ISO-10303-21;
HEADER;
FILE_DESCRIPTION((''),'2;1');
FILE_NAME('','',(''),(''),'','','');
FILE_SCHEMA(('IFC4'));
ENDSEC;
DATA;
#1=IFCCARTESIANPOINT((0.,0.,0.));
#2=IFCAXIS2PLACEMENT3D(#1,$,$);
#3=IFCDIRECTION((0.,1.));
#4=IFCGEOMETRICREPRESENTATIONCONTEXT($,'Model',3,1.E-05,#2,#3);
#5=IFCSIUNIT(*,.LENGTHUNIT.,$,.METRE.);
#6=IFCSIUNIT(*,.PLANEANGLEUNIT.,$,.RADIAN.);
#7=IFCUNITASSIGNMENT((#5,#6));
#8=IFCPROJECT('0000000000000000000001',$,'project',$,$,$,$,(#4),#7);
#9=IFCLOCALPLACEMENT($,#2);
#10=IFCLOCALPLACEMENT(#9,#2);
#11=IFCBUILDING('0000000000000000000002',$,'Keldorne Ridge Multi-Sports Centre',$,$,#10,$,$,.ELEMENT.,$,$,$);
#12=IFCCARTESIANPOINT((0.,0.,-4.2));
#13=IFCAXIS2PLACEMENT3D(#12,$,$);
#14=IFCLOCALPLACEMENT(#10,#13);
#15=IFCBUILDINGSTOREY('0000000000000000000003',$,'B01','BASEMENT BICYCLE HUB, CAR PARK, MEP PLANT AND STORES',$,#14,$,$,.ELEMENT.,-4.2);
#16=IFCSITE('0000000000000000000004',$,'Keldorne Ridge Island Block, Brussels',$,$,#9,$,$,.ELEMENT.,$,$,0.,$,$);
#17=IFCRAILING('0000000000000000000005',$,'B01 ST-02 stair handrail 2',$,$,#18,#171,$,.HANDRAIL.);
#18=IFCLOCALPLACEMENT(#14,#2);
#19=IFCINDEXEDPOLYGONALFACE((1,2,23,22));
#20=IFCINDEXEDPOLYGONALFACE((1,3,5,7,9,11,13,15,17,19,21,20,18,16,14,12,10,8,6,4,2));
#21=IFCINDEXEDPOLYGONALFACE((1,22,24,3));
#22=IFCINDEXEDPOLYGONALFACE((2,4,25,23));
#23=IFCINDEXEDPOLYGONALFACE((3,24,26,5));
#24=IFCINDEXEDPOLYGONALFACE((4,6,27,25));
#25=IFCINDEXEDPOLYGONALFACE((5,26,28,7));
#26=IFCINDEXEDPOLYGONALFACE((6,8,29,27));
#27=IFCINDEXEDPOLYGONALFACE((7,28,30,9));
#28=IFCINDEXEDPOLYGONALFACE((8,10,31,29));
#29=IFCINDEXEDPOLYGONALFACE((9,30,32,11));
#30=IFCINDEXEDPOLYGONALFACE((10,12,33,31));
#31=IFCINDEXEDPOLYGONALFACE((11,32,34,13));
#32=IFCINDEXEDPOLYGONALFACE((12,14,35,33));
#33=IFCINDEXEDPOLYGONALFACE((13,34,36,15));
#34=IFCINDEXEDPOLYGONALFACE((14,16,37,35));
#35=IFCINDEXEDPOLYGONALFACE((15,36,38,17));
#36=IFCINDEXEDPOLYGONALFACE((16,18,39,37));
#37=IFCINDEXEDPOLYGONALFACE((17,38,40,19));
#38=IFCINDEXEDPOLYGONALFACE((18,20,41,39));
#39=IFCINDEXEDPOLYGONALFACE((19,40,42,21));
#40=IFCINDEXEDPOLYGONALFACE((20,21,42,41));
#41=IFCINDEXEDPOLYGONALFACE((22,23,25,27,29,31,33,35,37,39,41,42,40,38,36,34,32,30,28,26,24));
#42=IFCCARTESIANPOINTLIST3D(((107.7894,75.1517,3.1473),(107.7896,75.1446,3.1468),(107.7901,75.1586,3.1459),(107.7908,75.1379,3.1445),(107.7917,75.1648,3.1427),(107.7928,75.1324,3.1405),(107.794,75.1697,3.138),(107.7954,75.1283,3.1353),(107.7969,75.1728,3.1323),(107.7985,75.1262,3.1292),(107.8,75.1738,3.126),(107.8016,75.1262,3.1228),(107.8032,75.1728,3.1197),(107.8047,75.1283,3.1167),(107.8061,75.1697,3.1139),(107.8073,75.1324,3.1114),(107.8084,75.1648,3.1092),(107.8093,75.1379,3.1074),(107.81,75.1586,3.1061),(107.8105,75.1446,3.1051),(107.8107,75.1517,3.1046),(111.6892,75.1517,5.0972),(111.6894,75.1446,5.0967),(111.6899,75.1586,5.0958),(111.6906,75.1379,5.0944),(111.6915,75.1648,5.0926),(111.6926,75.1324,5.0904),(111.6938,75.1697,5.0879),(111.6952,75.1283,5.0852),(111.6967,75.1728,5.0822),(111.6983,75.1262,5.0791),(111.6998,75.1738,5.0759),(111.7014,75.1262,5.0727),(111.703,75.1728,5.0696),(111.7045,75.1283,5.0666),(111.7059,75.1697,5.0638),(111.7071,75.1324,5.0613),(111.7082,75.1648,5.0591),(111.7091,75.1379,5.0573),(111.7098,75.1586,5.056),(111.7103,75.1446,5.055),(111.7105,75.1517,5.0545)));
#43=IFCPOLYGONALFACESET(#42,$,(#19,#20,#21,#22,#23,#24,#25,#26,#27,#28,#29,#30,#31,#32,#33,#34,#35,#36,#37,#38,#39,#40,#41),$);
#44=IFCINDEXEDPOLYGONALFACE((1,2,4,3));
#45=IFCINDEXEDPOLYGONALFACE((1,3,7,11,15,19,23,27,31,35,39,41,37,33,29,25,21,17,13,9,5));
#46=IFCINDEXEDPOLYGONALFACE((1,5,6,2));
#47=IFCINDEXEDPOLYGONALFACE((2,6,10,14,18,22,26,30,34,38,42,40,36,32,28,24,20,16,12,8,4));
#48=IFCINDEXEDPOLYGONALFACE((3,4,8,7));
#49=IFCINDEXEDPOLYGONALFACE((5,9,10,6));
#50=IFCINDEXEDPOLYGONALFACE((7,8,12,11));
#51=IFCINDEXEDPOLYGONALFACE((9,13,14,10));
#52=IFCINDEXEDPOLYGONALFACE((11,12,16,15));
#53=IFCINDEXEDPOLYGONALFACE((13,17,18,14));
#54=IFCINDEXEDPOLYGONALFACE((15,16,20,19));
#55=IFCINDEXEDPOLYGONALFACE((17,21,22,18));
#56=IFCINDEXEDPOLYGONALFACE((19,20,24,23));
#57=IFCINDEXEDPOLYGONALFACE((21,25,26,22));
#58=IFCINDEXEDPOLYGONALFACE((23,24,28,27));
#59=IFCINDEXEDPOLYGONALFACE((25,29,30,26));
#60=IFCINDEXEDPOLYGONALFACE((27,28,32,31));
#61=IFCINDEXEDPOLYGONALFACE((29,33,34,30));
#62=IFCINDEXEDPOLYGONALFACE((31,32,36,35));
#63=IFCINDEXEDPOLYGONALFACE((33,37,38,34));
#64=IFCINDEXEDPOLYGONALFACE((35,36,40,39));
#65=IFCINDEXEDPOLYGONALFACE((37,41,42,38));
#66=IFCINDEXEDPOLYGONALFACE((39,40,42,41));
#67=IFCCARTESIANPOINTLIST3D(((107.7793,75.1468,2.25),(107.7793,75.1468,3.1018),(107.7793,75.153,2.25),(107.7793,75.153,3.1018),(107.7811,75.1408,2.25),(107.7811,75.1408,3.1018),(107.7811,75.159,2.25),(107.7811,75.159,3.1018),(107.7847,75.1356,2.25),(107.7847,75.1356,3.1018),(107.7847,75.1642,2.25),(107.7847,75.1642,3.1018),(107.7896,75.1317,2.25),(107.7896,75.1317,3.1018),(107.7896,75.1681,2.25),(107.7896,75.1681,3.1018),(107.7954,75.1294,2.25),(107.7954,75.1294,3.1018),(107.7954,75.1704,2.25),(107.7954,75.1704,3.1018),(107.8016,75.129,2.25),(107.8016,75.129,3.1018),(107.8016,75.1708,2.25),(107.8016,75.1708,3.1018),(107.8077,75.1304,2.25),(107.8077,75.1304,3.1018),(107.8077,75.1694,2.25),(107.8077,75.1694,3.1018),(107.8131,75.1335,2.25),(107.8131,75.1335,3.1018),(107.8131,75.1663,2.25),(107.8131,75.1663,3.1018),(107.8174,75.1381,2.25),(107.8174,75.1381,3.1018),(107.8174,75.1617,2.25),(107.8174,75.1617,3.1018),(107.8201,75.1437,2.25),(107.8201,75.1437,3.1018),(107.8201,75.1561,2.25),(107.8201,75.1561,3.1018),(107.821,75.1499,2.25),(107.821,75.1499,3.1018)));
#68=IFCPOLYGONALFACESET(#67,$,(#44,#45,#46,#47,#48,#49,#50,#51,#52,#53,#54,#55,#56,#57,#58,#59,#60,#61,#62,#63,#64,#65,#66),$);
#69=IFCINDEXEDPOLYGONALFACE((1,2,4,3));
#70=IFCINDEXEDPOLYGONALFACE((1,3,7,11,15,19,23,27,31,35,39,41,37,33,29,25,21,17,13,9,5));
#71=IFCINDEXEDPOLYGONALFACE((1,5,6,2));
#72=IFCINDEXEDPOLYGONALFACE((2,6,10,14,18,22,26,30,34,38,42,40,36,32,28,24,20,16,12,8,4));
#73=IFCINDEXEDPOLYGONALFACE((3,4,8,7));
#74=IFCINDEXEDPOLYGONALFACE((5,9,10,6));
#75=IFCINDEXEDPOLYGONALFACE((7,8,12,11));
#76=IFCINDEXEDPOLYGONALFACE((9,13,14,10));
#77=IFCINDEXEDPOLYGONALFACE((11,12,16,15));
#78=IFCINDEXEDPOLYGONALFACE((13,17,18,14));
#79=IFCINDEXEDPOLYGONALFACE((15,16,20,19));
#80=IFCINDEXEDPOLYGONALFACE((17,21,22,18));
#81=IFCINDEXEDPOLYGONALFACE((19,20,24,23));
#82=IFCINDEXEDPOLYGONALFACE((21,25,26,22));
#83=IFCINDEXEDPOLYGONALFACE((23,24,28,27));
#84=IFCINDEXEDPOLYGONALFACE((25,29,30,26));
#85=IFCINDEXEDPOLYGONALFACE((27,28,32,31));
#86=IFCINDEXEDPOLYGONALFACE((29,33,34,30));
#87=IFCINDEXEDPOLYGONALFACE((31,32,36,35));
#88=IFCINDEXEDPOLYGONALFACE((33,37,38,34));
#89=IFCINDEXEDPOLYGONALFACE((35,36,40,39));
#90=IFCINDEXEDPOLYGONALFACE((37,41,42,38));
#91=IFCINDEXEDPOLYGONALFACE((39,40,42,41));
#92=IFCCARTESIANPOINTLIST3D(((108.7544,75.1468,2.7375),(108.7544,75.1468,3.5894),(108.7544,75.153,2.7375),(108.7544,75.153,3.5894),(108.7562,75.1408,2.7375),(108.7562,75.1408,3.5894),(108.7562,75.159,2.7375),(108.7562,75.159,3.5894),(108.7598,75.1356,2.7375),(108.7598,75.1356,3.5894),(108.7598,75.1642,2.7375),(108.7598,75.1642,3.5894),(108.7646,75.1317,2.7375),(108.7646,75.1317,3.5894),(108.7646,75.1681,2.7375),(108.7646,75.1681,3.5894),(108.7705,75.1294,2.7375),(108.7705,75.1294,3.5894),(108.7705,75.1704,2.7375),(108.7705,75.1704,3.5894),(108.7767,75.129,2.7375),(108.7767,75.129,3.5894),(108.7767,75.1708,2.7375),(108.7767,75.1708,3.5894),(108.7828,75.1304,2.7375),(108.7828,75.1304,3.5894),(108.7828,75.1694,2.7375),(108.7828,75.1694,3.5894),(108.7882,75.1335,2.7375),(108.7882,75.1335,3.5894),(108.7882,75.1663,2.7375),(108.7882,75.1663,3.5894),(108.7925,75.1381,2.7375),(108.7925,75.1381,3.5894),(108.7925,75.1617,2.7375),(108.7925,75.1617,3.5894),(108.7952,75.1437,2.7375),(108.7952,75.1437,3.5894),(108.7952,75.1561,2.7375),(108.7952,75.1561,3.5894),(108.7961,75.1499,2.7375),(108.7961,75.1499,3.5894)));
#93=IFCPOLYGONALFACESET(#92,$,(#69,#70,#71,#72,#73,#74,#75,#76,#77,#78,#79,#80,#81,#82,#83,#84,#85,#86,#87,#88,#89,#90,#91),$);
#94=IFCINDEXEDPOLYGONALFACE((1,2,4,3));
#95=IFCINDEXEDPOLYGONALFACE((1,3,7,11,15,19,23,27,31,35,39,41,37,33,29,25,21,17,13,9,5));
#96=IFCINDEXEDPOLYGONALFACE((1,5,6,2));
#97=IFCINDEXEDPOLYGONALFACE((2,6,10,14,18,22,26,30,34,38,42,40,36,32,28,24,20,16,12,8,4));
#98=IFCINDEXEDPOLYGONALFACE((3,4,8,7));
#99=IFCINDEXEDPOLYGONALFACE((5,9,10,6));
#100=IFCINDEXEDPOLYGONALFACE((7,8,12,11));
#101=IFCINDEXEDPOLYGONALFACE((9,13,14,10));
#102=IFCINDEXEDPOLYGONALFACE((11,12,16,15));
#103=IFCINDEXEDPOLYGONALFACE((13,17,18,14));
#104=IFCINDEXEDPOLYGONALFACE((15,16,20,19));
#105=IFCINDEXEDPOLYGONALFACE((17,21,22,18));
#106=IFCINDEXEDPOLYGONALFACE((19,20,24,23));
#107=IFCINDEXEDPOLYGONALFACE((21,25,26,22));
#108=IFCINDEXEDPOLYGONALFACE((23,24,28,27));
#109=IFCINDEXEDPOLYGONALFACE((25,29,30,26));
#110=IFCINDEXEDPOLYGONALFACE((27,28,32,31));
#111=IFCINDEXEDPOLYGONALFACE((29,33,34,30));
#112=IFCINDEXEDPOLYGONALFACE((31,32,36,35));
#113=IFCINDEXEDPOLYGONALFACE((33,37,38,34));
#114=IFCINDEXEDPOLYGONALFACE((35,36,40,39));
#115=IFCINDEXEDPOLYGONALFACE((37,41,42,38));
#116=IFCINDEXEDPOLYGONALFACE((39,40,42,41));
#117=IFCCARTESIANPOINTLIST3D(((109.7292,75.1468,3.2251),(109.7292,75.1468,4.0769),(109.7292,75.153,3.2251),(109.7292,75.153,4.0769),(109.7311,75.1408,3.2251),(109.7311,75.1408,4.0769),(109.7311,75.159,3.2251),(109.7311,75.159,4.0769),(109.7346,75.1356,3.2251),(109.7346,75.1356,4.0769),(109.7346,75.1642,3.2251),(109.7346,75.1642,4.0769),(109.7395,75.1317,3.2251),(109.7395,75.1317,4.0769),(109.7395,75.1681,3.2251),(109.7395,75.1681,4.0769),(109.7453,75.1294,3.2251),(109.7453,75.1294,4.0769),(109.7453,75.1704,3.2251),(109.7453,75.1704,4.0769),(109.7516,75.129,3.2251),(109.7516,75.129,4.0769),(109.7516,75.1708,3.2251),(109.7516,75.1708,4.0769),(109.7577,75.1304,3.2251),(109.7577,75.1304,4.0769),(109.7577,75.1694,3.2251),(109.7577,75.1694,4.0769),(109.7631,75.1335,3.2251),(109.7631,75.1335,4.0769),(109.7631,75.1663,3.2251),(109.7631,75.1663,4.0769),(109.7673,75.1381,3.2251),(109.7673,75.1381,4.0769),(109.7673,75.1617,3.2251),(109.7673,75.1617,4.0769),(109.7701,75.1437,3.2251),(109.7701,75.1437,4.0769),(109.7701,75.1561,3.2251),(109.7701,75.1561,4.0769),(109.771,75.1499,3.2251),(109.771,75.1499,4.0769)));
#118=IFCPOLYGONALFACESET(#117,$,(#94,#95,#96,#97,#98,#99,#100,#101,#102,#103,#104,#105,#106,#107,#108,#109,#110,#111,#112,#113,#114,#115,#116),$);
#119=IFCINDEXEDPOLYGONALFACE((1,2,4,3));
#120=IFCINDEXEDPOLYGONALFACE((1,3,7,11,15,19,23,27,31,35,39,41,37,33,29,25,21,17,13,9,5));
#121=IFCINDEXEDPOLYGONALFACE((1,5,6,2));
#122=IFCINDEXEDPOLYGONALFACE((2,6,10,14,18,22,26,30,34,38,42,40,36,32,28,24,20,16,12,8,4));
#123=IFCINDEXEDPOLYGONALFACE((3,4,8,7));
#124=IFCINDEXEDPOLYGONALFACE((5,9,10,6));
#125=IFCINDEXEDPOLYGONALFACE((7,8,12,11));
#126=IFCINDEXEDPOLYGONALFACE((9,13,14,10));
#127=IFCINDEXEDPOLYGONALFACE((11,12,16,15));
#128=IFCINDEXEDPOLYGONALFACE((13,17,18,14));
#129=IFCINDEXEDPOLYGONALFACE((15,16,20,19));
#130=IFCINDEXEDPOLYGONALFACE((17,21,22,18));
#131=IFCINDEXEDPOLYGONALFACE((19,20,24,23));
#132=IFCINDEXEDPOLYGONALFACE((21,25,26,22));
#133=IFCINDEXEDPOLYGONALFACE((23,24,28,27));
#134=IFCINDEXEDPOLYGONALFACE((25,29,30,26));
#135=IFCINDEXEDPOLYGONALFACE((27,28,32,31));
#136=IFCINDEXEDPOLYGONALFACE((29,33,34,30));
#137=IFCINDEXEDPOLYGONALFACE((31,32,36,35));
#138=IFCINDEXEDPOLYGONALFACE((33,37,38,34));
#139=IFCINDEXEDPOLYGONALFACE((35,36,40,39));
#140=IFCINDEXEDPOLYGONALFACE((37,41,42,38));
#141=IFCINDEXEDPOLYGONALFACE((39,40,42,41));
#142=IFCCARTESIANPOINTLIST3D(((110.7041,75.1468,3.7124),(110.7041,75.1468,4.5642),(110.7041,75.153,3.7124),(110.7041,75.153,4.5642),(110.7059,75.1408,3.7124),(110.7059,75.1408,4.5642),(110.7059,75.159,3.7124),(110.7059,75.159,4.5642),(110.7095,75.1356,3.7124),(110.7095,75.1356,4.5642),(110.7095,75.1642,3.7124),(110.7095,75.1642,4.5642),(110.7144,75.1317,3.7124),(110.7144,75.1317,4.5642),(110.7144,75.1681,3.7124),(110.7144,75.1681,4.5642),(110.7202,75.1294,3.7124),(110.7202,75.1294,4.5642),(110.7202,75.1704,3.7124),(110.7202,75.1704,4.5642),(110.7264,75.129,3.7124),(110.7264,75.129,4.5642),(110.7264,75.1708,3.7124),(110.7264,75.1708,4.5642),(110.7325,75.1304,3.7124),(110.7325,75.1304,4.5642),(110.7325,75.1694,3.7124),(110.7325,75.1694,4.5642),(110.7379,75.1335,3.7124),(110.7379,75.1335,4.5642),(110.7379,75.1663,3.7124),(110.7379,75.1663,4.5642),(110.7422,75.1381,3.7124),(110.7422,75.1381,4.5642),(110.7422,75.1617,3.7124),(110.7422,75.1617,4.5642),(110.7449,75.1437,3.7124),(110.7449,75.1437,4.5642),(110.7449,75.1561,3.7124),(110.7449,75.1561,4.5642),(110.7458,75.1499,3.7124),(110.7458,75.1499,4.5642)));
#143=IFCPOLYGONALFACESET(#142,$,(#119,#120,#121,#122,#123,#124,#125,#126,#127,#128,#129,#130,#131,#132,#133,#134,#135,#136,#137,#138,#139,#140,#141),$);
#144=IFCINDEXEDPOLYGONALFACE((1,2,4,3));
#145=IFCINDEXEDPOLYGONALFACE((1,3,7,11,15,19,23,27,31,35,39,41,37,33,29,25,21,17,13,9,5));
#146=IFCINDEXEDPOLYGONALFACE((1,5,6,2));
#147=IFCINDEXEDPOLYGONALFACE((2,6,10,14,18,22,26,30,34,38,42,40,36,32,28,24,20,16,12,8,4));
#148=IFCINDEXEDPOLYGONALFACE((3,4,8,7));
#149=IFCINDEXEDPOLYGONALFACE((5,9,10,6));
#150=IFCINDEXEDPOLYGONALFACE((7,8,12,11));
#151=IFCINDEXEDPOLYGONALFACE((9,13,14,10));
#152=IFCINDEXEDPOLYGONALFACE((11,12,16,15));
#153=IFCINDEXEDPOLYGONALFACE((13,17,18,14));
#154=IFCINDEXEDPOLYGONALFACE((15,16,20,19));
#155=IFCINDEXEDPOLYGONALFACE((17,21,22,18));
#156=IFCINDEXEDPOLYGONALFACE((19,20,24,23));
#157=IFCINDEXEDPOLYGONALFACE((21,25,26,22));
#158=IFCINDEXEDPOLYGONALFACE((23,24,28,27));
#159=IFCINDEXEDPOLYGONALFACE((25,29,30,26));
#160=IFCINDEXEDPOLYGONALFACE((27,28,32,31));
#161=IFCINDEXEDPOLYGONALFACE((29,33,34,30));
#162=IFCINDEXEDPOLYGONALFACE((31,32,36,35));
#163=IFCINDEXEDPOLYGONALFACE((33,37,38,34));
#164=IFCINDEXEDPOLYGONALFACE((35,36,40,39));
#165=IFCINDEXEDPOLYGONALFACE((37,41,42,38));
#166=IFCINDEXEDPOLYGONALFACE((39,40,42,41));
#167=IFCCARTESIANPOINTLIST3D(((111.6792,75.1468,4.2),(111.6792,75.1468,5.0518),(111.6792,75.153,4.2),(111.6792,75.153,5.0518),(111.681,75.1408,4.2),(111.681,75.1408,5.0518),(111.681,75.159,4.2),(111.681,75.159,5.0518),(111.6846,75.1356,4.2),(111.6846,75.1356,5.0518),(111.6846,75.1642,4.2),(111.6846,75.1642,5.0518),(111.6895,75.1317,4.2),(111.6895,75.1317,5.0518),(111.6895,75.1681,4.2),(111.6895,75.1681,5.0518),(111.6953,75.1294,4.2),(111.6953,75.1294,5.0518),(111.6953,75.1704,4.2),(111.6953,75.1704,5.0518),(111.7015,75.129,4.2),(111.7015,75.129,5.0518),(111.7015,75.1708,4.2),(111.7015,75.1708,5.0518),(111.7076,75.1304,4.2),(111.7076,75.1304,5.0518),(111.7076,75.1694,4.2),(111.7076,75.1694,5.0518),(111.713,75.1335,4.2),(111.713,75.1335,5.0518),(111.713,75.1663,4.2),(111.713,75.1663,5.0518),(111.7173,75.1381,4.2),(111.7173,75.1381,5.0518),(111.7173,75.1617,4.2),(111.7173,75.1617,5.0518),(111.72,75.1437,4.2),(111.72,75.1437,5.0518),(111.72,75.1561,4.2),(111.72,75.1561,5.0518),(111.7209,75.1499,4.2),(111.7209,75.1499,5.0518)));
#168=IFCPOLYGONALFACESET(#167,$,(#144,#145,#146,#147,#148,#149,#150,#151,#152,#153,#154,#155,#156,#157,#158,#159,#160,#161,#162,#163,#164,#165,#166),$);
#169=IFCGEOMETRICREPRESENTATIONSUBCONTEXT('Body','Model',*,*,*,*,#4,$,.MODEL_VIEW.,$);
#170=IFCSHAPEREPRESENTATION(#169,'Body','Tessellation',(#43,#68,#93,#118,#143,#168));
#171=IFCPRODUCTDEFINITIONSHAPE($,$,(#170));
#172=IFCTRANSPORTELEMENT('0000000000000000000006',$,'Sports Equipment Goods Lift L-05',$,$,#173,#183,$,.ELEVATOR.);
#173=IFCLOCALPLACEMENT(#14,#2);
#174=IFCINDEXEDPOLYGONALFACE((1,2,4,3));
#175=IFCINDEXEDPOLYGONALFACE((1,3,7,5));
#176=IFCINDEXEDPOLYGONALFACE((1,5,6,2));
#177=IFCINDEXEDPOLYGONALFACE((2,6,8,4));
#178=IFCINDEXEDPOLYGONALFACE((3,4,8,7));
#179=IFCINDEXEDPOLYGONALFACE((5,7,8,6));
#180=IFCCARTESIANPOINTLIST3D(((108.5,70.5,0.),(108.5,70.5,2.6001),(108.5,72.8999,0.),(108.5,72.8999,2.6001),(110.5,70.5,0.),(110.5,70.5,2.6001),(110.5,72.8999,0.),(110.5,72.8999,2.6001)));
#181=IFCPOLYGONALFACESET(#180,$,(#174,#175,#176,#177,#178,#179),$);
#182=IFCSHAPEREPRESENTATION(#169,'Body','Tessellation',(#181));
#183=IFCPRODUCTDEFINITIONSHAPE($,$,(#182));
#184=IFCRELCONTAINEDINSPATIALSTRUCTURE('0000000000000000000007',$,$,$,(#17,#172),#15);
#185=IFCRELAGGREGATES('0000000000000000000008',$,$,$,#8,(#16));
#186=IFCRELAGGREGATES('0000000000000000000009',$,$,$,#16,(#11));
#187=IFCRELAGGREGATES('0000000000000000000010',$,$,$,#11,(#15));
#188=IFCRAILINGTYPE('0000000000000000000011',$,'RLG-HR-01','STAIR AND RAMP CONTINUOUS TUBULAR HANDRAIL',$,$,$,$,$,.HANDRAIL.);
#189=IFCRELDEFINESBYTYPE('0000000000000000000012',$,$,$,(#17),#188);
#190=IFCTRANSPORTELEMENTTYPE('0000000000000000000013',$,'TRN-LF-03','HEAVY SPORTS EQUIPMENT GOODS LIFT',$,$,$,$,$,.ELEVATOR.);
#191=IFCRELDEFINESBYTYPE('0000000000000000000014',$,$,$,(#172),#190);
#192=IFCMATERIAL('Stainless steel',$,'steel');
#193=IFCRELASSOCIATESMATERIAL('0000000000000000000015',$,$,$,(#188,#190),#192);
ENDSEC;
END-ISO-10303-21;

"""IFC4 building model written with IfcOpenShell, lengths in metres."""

from ifc_helpers import new_model, si_unit, direction, frame, origin, origin_2d, place, context, subcontext, project, spatial, rectangle, circle, extrude, material, type_object, element, save


model = new_model("IFC4")

# Units and contexts
model_context = context("Model", 3, precision=1e-05, world=origin(), true_north=direction((0.0, 1.0)))
body_context = subcontext(model_context, "Body", "Model", "MODEL_VIEW")
ifc_project = project(units=[si_unit("LENGTHUNIT", "METRE"), si_unit("PLANEANGLEUNIT", "RADIAN")], contexts=[model_context])

# Site, building, storey
site_placement = place(None, origin())
site = spatial("IfcSite", under=ifc_project, at=site_placement, Name="Keldorne Ridge Island Block, Brussels", CompositionType="ELEMENT", RefElevation=0.0)
building_placement = place(site_placement, origin())
building = spatial("IfcBuilding", under=site, at=building_placement, Name="Keldorne Ridge Multi-Sports Centre", CompositionType="ELEMENT")
storey_placement = place(building_placement, frame((0.0, 0.0, -4.2)))
storey = spatial("IfcBuildingStorey", under=building, at=storey_placement, Name="B01", Description="BASEMENT BICYCLE HUB, CAR PARK, MEP PLANT AND STORES", CompositionType="ELEMENT", Elevation=-4.2)

# Shared definitions
ifc_material_1 = material(Name="Stainless steel", Category="steel")

# Railing
railing_type_1 = type_object("IfcRailingType", Name="RLG-HR-01", Description="STAIR AND RAMP CONTINUOUS TUBULAR HANDRAIL", PredefinedType="HANDRAIL", material=ifc_material_1)
railing_1_placement = place(storey_placement, frame((107.8, 75.1499, 2.25)))
element("IfcRailing", 1, at=railing_1_placement, inside=storey, type_object=railing_type_1, Name="B01 ST-02 stair handrail 2", PredefinedType="HANDRAIL", context=body_context, shape_type="SweptSolid", body=[
    extrude(circle(Radius=0.0239, at=origin_2d()), frame((0.0, 0.0, 0.876), z_axis=(0.894427, 0.0, 0.447214), x_axis=(0.0, 1.0, 0.0)), (0.0, 0.0, 1.0), 4.3601),
    extrude(circle(Radius=0.021, at=origin_2d()), origin(), (0.0, 0.0, 1.0), 0.8518),
    extrude(circle(Radius=0.021, at=origin_2d()), frame((0.9751, 0.0, 0.4875)), (0.0, 0.0, 1.0), 0.8518),
    extrude(circle(Radius=0.021, at=origin_2d()), frame((1.95, 0.0, 0.9751)), (0.0, 0.0, 1.0), 0.8518),
    extrude(circle(Radius=0.021, at=origin_2d()), frame((2.9248, 0.0, 1.4624)), (0.0, 0.0, 1.0), 0.8518),
    extrude(circle(Radius=0.021, at=origin_2d()), frame((3.8999, 0.0, 1.95)), (0.0, 0.0, 1.0), 0.8518),
])

# Transport element
transport_element_type = type_object("IfcTransportElementType", Name="TRN-LF-03", Description="HEAVY SPORTS EQUIPMENT GOODS LIFT", PredefinedType="ELEVATOR", material=ifc_material_1)
transport_element_placement = place(storey_placement, frame((109.5, 71.7, 0.0), z_axis=(0.0, 0.0, 1.0), x_axis=(1.0, 0.0, 0.0)))
element("IfcTransportElement", 2, at=transport_element_placement, inside=storey, type_object=transport_element_type, Name="Sports Equipment Goods Lift L-05", PredefinedType="ELEVATOR", context=body_context, shape_type="SweptSolid", body=[
    extrude(rectangle(XDim=2.0, YDim=2.3999, at=origin_2d()), origin(), (0.0, 0.0, 1.0), 2.6001),
])

save(model, "model.ifc")
